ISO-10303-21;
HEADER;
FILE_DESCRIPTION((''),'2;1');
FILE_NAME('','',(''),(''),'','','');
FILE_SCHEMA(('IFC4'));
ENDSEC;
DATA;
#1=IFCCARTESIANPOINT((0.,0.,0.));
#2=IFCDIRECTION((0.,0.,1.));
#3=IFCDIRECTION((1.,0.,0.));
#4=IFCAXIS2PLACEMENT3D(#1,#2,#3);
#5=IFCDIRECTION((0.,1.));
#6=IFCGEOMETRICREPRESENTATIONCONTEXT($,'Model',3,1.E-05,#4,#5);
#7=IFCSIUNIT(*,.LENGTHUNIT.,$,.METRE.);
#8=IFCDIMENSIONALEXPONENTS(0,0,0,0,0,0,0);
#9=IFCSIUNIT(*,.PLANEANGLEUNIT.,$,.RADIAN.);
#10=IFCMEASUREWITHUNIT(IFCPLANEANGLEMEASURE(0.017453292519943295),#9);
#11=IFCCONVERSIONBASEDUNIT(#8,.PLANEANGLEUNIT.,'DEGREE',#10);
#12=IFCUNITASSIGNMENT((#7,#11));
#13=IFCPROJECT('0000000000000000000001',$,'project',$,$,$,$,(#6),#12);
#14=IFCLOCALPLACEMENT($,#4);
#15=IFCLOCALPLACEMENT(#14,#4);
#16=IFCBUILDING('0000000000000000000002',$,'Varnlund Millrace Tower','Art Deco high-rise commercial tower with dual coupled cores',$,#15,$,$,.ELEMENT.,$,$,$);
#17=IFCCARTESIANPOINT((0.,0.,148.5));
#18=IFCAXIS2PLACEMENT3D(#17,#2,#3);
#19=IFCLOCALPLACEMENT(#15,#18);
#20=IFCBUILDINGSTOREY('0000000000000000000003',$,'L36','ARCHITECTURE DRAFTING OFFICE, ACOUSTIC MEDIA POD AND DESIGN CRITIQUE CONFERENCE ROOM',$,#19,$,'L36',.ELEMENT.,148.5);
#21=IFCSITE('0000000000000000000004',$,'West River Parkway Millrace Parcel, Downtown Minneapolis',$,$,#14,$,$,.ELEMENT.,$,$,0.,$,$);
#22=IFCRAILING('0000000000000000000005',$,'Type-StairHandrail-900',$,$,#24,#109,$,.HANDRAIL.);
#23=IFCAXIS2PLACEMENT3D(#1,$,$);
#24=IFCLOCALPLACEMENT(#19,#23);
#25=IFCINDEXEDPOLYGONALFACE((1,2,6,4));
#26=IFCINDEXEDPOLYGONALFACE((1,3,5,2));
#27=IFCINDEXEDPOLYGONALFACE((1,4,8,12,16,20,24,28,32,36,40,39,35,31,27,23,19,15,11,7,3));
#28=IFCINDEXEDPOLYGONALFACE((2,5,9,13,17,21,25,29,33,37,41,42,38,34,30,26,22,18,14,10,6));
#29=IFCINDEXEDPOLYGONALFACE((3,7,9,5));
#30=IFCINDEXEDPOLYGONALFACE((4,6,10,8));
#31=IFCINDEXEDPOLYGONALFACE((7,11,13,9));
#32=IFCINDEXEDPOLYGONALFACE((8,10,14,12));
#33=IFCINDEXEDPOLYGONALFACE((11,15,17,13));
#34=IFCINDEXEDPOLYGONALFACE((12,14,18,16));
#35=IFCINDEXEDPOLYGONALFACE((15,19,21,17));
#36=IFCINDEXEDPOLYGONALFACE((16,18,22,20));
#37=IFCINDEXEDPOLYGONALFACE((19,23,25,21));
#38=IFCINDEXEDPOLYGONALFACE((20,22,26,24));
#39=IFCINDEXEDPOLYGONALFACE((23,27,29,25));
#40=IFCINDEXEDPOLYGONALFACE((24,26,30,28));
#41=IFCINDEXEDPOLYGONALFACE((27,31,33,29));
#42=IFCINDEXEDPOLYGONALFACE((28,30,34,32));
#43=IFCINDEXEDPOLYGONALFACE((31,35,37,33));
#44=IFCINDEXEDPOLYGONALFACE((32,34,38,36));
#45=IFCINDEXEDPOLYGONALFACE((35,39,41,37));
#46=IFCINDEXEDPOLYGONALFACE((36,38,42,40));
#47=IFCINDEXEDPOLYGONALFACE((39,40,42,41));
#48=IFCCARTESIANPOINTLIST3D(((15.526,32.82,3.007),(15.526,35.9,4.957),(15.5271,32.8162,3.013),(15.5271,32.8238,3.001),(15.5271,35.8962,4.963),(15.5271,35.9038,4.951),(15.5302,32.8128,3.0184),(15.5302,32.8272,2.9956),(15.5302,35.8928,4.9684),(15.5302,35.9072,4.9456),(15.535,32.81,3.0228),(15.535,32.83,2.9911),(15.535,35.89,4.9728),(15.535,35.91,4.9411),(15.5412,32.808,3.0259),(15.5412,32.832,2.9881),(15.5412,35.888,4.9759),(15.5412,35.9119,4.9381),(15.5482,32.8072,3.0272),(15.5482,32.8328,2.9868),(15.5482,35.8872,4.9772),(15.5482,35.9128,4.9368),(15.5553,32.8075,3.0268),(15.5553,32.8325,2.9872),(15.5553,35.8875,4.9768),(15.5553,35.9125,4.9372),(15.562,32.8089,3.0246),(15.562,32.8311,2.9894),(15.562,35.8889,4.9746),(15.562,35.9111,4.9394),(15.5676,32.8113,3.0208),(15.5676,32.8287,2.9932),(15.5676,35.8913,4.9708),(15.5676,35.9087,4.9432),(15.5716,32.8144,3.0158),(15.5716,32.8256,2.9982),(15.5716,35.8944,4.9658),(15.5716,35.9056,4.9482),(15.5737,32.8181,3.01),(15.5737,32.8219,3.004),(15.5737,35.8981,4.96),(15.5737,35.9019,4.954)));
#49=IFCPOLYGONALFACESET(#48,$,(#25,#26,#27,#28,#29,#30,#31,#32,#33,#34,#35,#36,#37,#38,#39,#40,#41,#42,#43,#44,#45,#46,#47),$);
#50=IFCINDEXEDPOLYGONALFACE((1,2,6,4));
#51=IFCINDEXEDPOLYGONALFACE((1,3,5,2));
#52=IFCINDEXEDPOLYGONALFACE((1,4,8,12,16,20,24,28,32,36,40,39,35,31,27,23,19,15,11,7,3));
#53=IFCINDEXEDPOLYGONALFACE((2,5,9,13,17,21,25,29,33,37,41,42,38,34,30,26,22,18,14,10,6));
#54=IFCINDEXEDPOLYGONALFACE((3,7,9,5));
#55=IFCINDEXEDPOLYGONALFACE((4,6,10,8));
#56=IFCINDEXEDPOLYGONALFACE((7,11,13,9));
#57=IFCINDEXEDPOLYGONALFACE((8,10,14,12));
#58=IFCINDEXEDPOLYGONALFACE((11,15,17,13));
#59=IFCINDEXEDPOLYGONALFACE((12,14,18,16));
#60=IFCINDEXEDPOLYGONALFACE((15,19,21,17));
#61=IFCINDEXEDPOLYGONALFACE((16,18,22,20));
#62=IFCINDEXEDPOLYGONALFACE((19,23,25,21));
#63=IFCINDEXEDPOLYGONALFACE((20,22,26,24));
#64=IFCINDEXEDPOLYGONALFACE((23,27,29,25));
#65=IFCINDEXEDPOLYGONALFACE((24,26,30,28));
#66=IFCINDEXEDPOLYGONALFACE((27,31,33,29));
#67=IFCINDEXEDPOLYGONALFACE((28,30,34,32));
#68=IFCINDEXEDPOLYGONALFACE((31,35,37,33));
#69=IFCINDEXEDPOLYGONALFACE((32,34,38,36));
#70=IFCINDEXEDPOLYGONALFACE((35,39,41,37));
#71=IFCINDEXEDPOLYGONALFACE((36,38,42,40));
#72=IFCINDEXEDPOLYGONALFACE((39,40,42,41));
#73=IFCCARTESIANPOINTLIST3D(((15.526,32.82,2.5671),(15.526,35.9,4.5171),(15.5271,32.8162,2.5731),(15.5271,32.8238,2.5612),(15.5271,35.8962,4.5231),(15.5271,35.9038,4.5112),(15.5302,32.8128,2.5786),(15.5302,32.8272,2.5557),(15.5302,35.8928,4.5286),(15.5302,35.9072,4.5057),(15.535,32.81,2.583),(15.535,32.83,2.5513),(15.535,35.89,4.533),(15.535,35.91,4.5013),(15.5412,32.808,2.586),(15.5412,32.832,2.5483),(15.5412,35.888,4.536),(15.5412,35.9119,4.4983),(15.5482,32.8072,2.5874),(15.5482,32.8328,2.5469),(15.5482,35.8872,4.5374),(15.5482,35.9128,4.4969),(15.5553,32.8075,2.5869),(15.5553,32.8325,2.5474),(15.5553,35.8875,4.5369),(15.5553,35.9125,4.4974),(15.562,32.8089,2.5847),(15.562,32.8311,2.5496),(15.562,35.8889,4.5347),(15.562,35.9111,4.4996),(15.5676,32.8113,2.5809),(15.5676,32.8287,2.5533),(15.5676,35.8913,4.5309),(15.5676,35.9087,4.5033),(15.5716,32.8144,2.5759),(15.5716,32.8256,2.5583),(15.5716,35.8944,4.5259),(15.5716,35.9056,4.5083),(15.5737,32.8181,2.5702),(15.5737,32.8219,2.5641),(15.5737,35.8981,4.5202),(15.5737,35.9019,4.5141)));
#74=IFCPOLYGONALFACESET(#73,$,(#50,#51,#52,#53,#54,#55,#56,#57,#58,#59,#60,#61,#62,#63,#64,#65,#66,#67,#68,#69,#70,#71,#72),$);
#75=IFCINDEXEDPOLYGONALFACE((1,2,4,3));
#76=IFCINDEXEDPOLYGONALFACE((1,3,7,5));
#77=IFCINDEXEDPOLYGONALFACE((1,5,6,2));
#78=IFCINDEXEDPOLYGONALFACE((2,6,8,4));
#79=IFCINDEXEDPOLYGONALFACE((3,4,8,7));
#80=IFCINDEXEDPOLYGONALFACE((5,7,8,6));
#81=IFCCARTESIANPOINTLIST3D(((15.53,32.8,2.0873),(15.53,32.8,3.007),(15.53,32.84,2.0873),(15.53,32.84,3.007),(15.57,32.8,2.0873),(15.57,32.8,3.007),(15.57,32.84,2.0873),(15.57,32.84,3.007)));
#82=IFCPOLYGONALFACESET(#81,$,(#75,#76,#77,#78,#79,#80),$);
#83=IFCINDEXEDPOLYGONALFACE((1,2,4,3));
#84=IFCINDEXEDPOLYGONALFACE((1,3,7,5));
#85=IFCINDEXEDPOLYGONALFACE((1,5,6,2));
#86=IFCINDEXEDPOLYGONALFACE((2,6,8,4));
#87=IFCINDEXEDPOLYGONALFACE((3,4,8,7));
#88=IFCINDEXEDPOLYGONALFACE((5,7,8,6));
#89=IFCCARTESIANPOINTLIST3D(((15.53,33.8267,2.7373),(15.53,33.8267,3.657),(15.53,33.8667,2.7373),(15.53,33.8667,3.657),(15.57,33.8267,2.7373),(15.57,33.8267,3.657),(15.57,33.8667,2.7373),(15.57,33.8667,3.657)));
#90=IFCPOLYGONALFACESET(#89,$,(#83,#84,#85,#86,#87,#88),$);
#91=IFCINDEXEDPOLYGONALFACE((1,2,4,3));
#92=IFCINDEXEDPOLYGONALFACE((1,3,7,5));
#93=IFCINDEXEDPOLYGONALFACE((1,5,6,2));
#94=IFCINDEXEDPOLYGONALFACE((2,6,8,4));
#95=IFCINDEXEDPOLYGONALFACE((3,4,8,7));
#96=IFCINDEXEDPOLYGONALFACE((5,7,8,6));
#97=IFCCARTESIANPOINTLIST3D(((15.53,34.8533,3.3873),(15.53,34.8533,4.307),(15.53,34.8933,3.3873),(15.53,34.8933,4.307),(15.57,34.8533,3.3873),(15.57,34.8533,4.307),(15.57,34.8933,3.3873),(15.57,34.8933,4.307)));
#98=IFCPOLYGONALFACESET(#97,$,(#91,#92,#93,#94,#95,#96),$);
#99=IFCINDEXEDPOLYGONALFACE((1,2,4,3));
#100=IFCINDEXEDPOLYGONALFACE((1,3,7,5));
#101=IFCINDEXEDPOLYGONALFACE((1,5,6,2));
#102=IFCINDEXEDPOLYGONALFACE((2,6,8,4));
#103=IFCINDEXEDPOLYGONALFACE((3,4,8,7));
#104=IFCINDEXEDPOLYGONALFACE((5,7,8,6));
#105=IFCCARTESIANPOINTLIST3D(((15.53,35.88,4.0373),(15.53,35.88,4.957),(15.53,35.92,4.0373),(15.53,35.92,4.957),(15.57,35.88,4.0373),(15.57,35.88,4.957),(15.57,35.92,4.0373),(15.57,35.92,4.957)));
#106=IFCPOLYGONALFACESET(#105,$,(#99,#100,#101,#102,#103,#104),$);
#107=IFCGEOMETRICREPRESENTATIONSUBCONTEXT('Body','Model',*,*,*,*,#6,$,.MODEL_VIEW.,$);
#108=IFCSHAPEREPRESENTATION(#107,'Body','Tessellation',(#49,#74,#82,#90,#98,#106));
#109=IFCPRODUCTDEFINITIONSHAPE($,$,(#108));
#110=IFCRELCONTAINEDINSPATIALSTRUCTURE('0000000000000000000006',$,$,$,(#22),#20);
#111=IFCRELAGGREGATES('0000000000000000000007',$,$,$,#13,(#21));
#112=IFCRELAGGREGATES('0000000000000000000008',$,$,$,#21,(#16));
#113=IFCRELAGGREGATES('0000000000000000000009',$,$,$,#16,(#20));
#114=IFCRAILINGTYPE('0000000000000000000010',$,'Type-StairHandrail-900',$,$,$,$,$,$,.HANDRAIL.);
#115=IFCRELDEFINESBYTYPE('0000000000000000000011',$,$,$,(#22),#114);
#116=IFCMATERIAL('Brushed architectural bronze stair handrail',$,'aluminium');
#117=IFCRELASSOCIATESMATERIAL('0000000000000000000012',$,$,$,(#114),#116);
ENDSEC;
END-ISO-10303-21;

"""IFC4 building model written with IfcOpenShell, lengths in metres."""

from ifc_helpers import new_model, entity, si_unit, converted_unit, direction, frame, origin_with_axes, origin_2d_with_axis, place, context, subcontext, project, spatial, rectangle, circle, extrude, material, type_object, element, save


model = new_model("IFC4")

# Units and contexts
model_context = context("Model", 3, precision=1e-05, world=origin_with_axes(), true_north=direction((0.0, 1.0)))
body_context = subcontext(model_context, "Body", "Model", "MODEL_VIEW")
ifc_project = project(units=[si_unit("LENGTHUNIT", "METRE"), converted_unit("PLANEANGLEUNIT", "DEGREE", entity("IfcPlaneAngleMeasure", 0.017453292519943295), si_unit("PLANEANGLEUNIT", "RADIAN"), dimensions=[0, 0, 0, 0, 0, 0, 0])], contexts=[model_context])

# Site, building, storey
site_placement = place(None, origin_with_axes())
site = spatial("IfcSite", under=ifc_project, at=site_placement, Name="West River Parkway Millrace Parcel, Downtown Minneapolis", CompositionType="ELEMENT", RefElevation=0.0)
building_placement = place(site_placement, origin_with_axes())
building = spatial("IfcBuilding", under=site, at=building_placement, Name="Varnlund Millrace Tower", Description="Art Deco high-rise commercial tower with dual coupled cores", CompositionType="ELEMENT")
storey_placement = place(building_placement, frame((0.0, 0.0, 148.5), z_axis=(0.0, 0.0, 1.0), x_axis=(1.0, 0.0, 0.0)))
storey = spatial("IfcBuildingStorey", under=building, at=storey_placement, Name="L36", Description="ARCHITECTURE DRAFTING OFFICE, ACOUSTIC MEDIA POD AND DESIGN CRITIQUE CONFERENCE ROOM", LongName="L36", CompositionType="ELEMENT", Elevation=148.5)

# Railing
ifc_material_1 = material(Name="Brushed architectural bronze stair handrail", Category="aluminium")
railing_type_1 = type_object("IfcRailingType", Name="Type-StairHandrail-900", PredefinedType="HANDRAIL", material=ifc_material_1)
railing_1_placement = place(storey_placement, frame((0.0, 0.0, -148.5), z_axis=(0.0, 0.0, 1.0), x_axis=(1.0, 0.0, 0.0)))
element("IfcRailing", 1, at=railing_1_placement, inside=storey, type_object=railing_type_1, Name="Type-StairHandrail-900", PredefinedType="HANDRAIL", context=body_context, shape_type="SweptSolid", body=[
    extrude(circle(Radius=0.024, at=origin_2d_with_axis()), frame((15.55, 32.82, 151.507), z_axis=(0.0, 0.844902, 0.534922), x_axis=(-1.0, 0.0, 0.0)), (0.0, 0.0, 1.0), 3.6454),
    extrude(circle(Radius=0.024, at=origin_2d_with_axis()), frame((15.55, 32.82, 151.0671), z_axis=(0.0, 0.844902, 0.534922), x_axis=(-1.0, 0.0, 0.0)), (0.0, 0.0, 1.0), 3.6454),
    extrude(rectangle(XDim=0.04, YDim=0.04, at=origin_2d_with_axis()), frame((15.55, 32.82, 150.5873), z_axis=(0.0, 0.0, 1.0), x_axis=(1.0, 0.0, 0.0)), (0.0, 0.0, 1.0), 0.9197),
    extrude(rectangle(XDim=0.04, YDim=0.04, at=origin_2d_with_axis()), frame((15.55, 33.8467, 151.2373), z_axis=(0.0, 0.0, 1.0), x_axis=(1.0, 0.0, 0.0)), (0.0, 0.0, 1.0), 0.9197),
    extrude(rectangle(XDim=0.04, YDim=0.04, at=origin_2d_with_axis()), frame((15.55, 34.8733, 151.8873), z_axis=(0.0, 0.0, 1.0), x_axis=(1.0, 0.0, 0.0)), (0.0, 0.0, 1.0), 0.9197),
    extrude(rectangle(XDim=0.04, YDim=0.04, at=origin_2d_with_axis()), frame((15.55, 35.9, 152.5373), z_axis=(0.0, 0.0, 1.0), x_axis=(1.0, 0.0, 0.0)), (0.0, 0.0, 1.0), 0.9197),
])

save(model, "model.ifc")
